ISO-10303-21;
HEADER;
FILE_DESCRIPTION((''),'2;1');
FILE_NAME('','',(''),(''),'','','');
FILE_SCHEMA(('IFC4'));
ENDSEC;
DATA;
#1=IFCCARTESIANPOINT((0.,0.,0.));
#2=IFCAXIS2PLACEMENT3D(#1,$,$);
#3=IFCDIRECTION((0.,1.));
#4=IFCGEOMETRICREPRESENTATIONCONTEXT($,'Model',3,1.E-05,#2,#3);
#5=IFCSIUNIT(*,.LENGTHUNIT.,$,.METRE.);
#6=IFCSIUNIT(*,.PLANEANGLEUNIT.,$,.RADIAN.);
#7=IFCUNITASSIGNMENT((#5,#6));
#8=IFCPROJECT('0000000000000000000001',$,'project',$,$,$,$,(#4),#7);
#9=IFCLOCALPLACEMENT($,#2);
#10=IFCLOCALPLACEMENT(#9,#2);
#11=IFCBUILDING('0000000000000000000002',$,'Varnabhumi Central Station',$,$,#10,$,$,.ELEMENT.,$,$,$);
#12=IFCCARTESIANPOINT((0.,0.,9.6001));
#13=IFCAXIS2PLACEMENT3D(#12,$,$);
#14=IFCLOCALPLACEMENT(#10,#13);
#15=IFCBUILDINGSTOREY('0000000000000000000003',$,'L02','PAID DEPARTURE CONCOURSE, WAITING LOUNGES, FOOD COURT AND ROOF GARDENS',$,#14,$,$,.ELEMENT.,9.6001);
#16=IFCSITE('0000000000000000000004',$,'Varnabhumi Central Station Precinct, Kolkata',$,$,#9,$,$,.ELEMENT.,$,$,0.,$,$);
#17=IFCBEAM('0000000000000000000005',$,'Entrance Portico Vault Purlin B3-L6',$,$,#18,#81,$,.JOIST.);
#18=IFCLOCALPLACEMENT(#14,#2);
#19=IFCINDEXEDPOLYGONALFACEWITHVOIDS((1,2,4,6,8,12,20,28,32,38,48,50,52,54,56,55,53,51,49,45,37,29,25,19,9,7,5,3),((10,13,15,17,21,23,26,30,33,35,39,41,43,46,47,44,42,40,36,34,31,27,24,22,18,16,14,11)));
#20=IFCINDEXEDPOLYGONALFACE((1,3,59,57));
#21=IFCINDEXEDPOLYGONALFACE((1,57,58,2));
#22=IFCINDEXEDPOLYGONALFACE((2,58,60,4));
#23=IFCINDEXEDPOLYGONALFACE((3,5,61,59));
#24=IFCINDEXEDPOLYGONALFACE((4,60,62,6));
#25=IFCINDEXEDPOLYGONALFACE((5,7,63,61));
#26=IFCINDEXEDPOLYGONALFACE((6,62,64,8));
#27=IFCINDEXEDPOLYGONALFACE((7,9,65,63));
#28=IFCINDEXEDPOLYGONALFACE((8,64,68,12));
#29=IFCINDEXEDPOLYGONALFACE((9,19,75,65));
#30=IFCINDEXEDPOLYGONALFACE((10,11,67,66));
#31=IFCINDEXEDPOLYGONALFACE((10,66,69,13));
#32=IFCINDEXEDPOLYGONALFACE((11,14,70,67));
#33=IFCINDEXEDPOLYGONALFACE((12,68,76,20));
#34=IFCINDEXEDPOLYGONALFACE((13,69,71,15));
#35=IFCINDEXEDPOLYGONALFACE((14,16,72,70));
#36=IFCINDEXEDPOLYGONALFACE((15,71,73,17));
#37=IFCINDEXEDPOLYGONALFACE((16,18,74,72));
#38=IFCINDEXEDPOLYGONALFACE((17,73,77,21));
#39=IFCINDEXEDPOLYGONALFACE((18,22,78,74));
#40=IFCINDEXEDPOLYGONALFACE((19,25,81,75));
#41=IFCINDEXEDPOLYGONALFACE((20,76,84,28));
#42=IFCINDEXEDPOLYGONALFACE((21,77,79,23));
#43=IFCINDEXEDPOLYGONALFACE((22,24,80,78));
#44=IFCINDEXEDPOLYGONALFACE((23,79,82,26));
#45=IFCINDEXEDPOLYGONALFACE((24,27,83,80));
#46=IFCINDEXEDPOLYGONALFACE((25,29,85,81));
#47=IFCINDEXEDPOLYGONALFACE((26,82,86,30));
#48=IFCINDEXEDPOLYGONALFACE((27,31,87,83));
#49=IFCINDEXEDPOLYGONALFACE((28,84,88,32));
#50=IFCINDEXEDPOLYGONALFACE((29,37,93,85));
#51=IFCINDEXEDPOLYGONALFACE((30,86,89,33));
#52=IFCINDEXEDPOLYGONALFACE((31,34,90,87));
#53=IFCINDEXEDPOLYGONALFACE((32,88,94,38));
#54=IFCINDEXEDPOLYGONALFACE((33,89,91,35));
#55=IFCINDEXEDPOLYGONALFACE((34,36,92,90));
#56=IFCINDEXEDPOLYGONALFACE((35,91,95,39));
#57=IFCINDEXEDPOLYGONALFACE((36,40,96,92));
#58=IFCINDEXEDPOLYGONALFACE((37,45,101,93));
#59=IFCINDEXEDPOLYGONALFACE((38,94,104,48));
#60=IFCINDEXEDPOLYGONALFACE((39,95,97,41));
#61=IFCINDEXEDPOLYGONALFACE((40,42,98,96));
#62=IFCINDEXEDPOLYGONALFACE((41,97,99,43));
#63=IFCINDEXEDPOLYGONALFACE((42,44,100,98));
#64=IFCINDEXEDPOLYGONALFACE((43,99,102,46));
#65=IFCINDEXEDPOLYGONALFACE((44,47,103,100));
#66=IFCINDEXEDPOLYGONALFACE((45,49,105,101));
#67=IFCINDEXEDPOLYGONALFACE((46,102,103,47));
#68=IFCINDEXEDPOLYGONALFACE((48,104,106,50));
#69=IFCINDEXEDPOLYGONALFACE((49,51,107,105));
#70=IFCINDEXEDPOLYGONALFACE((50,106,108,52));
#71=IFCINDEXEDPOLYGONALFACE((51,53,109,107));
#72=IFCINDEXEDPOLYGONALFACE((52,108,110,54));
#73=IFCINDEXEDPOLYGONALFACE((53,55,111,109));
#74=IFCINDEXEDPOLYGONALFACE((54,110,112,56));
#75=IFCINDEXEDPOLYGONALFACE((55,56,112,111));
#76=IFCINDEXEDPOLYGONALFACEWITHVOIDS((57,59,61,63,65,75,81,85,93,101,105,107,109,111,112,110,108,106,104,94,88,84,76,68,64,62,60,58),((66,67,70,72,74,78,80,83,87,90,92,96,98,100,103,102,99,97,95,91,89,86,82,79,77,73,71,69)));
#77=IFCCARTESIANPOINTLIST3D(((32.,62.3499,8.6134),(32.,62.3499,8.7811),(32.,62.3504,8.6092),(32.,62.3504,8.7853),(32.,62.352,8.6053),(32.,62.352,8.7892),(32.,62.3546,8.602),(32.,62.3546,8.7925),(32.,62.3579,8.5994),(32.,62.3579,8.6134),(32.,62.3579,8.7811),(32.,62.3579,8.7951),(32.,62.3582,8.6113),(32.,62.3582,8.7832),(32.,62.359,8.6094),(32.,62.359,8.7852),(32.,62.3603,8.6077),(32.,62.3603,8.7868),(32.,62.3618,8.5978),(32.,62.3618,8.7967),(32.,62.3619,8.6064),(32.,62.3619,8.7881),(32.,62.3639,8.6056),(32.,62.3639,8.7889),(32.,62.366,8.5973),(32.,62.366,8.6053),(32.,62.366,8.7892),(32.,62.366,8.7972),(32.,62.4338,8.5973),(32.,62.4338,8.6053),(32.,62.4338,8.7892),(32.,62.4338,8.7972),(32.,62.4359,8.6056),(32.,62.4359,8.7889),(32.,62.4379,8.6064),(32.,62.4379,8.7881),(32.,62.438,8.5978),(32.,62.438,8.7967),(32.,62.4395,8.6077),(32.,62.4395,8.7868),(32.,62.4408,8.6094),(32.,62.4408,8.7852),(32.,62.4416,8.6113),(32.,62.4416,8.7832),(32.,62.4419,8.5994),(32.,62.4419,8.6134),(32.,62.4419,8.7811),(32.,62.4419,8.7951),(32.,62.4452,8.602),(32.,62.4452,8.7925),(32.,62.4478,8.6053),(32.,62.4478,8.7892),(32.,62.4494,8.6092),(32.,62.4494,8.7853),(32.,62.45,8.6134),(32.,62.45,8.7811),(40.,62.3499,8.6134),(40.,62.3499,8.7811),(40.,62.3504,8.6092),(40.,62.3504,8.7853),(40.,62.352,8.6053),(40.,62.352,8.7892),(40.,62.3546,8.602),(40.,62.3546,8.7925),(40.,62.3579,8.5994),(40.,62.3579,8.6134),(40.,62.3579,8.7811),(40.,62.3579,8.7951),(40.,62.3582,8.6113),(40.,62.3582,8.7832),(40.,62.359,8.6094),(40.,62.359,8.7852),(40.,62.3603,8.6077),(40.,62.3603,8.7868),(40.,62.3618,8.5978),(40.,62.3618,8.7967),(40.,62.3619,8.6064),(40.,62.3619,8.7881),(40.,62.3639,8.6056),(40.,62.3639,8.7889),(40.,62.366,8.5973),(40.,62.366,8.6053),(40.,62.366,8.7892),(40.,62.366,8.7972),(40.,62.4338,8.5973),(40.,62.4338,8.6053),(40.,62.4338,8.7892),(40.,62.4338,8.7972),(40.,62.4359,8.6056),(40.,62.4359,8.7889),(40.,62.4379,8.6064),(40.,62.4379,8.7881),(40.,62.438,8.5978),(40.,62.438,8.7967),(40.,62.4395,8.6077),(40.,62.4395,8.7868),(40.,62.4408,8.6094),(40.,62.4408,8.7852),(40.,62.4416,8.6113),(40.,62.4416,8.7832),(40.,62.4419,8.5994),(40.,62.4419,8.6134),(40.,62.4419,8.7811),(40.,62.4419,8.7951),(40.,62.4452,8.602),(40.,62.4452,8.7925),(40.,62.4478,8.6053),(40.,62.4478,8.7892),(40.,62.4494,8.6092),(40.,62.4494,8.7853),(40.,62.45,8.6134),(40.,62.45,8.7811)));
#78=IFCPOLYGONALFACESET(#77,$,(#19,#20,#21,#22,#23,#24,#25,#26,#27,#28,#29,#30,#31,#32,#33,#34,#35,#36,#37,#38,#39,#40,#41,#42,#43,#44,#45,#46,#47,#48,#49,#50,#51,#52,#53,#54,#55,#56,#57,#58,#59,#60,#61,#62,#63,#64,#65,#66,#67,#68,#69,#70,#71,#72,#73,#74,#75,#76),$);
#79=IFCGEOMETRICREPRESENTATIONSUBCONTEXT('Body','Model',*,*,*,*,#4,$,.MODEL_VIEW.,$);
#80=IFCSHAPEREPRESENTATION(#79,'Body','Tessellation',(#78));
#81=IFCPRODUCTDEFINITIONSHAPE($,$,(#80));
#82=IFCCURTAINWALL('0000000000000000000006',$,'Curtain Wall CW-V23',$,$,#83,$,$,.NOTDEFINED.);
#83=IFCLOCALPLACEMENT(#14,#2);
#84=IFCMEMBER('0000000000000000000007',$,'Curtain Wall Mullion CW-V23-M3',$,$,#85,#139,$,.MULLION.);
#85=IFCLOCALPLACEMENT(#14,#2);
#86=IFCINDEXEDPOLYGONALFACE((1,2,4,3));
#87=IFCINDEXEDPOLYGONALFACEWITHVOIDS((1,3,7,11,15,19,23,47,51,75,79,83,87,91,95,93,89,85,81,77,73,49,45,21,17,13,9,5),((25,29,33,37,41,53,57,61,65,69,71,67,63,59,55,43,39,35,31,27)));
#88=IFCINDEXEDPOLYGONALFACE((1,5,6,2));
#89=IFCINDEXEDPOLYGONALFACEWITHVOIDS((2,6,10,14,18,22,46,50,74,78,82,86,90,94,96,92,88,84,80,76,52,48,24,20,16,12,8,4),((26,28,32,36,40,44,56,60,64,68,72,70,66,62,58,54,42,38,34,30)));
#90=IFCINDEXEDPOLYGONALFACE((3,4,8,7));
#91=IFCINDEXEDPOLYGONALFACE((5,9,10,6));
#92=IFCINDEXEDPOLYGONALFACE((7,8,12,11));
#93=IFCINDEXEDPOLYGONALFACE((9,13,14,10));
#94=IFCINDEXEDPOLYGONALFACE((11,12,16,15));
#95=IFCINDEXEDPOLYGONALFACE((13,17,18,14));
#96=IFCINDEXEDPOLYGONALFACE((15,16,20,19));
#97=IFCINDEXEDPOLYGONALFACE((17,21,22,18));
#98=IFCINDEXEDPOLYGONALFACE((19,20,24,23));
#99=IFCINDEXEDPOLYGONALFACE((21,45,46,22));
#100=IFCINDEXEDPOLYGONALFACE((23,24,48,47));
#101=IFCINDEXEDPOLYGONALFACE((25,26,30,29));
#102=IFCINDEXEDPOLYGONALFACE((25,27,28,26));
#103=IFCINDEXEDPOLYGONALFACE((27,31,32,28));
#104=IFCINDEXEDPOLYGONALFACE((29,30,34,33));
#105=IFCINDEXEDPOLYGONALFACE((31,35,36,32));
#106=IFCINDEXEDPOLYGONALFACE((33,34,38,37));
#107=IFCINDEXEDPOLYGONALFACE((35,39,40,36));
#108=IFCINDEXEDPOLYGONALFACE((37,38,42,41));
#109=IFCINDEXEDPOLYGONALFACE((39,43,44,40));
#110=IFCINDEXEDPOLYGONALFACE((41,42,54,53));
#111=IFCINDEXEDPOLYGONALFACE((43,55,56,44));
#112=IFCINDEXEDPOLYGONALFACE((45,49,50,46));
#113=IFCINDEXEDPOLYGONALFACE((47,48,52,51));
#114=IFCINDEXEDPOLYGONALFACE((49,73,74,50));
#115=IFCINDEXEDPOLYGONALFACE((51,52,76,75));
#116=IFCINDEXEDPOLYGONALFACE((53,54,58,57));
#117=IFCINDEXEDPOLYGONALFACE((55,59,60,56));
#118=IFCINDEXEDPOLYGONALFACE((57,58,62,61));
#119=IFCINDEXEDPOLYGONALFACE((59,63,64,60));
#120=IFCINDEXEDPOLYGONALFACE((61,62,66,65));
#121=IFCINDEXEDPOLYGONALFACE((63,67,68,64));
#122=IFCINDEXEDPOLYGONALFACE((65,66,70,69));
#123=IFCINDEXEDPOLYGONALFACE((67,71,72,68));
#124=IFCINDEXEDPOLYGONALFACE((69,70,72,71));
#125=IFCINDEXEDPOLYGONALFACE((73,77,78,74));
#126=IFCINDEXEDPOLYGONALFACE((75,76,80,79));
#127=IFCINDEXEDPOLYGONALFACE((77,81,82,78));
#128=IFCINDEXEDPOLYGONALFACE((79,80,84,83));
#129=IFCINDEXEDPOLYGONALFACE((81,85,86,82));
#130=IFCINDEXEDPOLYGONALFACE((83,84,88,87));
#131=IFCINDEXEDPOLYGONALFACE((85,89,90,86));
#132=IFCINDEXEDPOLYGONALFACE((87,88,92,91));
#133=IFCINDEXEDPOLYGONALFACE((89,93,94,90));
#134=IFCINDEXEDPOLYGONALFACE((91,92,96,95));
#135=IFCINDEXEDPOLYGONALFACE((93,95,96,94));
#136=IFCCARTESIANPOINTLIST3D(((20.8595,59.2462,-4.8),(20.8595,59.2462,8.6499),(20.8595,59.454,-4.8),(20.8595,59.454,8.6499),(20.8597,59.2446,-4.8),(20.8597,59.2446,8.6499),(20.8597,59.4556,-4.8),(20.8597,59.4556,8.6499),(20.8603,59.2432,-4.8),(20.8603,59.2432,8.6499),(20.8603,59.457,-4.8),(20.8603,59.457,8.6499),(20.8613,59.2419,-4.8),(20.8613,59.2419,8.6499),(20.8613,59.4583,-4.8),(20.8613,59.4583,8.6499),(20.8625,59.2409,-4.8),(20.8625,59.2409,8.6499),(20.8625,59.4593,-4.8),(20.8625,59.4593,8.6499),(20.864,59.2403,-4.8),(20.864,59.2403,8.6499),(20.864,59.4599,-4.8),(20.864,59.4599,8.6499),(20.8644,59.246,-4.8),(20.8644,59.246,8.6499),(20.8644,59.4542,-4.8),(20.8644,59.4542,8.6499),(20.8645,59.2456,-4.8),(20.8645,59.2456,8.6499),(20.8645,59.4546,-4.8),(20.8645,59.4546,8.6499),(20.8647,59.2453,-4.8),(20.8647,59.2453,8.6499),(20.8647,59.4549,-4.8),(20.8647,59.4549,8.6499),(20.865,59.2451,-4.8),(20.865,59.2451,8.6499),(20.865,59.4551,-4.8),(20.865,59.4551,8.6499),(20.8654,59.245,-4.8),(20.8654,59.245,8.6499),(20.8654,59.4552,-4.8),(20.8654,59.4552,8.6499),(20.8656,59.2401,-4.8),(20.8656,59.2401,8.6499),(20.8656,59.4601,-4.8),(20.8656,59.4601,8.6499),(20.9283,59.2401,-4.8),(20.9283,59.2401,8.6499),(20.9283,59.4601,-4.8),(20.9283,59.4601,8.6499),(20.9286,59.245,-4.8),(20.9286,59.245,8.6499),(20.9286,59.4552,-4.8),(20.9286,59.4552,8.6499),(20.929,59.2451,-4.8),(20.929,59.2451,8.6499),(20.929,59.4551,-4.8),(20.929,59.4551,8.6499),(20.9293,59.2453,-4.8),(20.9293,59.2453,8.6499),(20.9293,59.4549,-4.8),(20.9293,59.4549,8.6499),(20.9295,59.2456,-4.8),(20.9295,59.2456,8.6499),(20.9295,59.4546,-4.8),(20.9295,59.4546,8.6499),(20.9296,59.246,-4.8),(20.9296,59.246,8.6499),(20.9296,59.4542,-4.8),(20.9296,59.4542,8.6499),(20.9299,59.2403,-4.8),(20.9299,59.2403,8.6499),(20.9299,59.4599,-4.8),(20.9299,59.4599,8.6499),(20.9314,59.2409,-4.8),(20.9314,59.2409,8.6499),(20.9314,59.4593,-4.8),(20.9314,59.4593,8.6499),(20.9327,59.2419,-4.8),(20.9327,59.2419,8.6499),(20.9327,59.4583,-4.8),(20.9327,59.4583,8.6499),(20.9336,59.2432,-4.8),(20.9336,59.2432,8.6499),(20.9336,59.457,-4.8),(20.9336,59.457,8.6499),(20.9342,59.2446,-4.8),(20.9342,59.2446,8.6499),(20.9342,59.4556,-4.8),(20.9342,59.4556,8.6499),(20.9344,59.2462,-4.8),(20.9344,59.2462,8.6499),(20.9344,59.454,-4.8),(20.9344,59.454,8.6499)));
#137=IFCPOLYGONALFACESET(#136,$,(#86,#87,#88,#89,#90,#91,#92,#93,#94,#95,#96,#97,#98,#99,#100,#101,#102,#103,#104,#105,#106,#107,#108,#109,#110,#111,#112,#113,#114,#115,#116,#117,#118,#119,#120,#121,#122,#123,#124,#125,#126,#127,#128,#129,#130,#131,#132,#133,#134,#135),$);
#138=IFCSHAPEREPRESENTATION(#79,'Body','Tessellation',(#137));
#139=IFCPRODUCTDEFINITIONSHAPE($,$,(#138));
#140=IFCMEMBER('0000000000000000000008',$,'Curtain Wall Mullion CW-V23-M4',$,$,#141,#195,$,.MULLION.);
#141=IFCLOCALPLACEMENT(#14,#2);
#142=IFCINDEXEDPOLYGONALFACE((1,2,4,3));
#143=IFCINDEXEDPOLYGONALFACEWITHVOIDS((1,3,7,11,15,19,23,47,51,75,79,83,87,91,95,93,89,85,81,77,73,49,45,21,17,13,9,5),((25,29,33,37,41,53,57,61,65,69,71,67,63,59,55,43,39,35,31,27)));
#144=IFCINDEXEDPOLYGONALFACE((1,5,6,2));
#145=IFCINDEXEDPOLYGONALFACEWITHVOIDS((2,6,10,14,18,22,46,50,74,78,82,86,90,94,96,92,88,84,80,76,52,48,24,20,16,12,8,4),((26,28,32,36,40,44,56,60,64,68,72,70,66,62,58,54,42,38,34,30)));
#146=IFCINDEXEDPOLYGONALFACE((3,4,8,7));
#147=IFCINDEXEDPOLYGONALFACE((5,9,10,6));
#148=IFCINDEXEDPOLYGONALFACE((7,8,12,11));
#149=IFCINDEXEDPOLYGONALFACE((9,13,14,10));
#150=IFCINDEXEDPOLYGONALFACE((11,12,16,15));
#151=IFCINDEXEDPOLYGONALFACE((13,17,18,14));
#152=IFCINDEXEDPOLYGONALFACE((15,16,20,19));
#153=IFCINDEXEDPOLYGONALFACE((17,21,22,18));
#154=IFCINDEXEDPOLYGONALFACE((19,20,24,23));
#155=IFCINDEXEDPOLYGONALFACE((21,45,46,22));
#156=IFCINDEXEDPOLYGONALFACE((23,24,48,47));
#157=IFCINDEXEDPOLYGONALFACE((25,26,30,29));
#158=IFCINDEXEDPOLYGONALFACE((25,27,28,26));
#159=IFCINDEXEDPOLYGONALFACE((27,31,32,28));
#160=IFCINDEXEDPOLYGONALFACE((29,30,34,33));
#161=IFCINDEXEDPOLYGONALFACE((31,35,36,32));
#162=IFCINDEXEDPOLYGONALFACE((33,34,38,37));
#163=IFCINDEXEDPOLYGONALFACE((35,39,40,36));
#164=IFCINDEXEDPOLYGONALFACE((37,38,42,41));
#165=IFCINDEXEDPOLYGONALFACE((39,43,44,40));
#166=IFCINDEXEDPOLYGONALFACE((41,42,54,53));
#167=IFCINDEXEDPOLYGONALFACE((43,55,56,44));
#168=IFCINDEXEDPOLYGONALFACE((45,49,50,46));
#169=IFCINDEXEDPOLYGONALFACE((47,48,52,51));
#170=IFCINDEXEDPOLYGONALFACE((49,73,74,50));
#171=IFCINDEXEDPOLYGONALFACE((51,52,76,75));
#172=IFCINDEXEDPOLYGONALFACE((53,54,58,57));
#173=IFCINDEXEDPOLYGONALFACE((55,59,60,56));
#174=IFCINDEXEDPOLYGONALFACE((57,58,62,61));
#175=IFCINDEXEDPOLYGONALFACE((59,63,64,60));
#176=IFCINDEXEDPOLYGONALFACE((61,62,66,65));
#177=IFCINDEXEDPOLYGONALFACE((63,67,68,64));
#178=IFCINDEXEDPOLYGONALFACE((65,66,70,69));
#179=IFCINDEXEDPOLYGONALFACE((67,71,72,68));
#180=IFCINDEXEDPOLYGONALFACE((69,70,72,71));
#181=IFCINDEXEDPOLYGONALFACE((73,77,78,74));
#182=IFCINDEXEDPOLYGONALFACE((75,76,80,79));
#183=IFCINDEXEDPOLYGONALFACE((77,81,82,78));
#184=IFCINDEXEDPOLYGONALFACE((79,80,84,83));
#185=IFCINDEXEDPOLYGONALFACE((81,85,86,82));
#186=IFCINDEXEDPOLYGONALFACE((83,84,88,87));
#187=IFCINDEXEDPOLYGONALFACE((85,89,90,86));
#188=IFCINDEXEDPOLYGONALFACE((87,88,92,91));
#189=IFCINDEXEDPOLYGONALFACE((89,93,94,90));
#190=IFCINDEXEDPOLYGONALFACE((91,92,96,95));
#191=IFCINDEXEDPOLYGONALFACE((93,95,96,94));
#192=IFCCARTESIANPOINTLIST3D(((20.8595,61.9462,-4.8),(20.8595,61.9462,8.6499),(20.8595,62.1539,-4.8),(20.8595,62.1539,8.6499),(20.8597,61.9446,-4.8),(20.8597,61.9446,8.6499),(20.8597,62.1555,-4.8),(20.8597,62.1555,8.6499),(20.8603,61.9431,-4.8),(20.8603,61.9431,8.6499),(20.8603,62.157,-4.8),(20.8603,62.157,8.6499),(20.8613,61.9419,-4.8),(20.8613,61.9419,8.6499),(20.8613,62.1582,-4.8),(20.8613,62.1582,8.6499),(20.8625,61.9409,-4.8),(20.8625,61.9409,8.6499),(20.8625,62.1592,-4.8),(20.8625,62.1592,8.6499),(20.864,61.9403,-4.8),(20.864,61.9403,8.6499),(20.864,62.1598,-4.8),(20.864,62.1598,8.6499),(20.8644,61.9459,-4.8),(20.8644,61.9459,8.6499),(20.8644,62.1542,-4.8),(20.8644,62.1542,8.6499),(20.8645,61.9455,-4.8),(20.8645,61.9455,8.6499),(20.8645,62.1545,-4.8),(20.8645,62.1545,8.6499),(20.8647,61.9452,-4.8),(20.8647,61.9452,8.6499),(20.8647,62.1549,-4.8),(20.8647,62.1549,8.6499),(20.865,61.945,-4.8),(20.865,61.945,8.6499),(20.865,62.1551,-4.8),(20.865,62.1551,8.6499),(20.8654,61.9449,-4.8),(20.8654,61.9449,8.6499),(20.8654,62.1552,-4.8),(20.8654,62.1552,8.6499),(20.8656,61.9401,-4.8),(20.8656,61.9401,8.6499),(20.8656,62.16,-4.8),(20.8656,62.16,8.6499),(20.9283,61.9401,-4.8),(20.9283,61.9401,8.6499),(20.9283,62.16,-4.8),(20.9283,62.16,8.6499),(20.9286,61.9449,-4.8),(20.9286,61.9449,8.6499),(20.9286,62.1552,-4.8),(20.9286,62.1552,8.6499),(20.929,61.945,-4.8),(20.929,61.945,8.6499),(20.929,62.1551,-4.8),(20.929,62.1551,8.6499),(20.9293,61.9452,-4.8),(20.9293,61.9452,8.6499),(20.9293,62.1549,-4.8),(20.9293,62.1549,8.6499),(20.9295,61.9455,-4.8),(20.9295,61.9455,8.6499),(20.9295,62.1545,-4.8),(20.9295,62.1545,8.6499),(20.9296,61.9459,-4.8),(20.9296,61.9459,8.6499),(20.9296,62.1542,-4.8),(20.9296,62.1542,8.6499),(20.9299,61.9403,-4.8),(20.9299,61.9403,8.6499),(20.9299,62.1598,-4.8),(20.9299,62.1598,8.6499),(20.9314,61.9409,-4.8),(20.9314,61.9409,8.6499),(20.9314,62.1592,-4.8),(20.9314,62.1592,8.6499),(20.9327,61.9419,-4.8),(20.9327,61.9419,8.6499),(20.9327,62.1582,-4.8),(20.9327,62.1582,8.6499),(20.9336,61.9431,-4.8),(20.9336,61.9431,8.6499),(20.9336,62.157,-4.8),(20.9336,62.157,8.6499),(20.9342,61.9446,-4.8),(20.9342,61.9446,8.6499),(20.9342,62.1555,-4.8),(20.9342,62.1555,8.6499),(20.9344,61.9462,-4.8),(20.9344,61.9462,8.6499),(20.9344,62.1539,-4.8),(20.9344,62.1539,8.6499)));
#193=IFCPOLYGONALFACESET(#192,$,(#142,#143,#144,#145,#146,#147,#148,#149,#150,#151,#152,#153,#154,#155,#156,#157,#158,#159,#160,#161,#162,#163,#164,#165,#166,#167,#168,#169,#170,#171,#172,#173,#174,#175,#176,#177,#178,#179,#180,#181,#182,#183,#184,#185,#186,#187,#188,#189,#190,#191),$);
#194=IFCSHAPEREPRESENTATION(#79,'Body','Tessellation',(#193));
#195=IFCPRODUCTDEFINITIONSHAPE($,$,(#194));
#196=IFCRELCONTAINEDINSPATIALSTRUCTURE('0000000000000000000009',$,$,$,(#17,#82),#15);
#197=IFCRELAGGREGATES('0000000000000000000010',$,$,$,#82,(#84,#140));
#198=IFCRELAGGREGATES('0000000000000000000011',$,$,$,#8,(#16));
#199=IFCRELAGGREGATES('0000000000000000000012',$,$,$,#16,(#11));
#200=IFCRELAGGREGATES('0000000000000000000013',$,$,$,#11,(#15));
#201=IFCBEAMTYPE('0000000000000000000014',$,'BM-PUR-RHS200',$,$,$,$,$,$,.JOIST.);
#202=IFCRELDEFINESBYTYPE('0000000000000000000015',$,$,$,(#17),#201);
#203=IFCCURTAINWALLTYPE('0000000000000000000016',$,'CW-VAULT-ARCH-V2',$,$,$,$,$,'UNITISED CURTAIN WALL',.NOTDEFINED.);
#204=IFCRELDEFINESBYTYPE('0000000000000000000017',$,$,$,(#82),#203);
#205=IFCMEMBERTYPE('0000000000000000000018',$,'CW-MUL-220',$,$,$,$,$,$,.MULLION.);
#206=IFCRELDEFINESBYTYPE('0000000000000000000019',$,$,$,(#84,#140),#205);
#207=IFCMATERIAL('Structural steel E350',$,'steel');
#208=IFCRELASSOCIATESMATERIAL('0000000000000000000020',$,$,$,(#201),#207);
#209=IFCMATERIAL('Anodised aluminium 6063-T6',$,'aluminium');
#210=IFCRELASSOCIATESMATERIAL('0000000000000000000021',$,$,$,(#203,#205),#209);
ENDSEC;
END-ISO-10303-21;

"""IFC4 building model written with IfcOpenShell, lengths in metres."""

from ifc_helpers import new_model, si_unit, direction, frame, origin, origin_2d, place, context, subcontext, project, spatial, hollow_rectangle, extrude, material, material_profile, profile_set, type_object, element, aggregate, save


model = new_model("IFC4")

# Units and contexts
model_context = context("Model", 3, precision=1e-05, world=origin(), true_north=direction((0.0, 1.0)))
body_context = subcontext(model_context, "Body", "Model", "MODEL_VIEW")
ifc_project = project(units=[si_unit("LENGTHUNIT", "METRE"), si_unit("PLANEANGLEUNIT", "RADIAN")], contexts=[model_context])

# Site, building, storey
site_placement = place(None, origin())
site = spatial("IfcSite", under=ifc_project, at=site_placement, Name="Varnabhumi Central Station Precinct, Kolkata", CompositionType="ELEMENT", RefElevation=0.0)
building_placement = place(site_placement, origin())
building = spatial("IfcBuilding", under=site, at=building_placement, Name="Varnabhumi Central Station", CompositionType="ELEMENT")
storey_placement = place(building_placement, frame((0.0, 0.0, 9.6001)))
storey = spatial("IfcBuildingStorey", under=building, at=storey_placement, Name="L02", Description="PAID DEPARTURE CONCOURSE, WAITING LOUNGES, FOOD COURT AND ROOF GARDENS", CompositionType="ELEMENT", Elevation=9.6001)

# Beam
ifc_material_1 = material(Name="Structural steel E350", Category="steel")
ifc_material_profile_1 = material_profile(ifc_material_1, hollow_rectangle(XDim=0.1001, YDim=0.2, WallThickness=0.0081, InnerFilletRadius=0.0081, OuterFilletRadius=0.0161, at=origin_2d()), Name="Structural steel E350", Category="steel")
ifc_profile_set_1 = profile_set([ifc_material_profile_1], Name="Structural steel E350")
beam_type_1 = type_object("IfcBeamType", Name="BM-PUR-RHS200", PredefinedType="JOIST", material=ifc_profile_set_1)
for number, where, z_axis, x_axis, name in (
    (1, (32.0, 62.3999, 8.6973), (1.0, 0.0, 0.0), (0.0, 1.0, 0.0), "Entrance Portico Vault Purlin B3-L6"),
):
    element("IfcBeam", number, at=place(storey_placement, frame(where, z_axis=z_axis, x_axis=x_axis)), inside=storey, type_object=beam_type_1, Name=name, PredefinedType="JOIST", context=body_context, shape_type="SweptSolid", body=[
        extrude(hollow_rectangle(XDim=0.1001, YDim=0.2, WallThickness=0.0081, InnerFilletRadius=0.0081, OuterFilletRadius=0.0161, at=origin_2d()), origin(), (0.0, 0.0, 1.0), 8.0),
    ])

# Curtain wall, members
ifc_material_2 = material(Name="Anodised aluminium 6063-T6", Category="aluminium")
curtain_wall_type = type_object("IfcCurtainWallType", Name="CW-VAULT-ARCH-V2", ElementType="UNITISED CURTAIN WALL", PredefinedType="NOTDEFINED", material=ifc_material_2)
curtain_wall_placement = place(storey_placement, origin())
curtain_wall = element("IfcCurtainWall", 2, at=curtain_wall_placement, inside=storey, type_object=curtain_wall_type, Name="Curtain Wall CW-V23", PredefinedType="NOTDEFINED")
ifc_material_profile_2 = material_profile(ifc_material_2, hollow_rectangle(XDim=0.075, YDim=0.22, WallThickness=0.0049, InnerFilletRadius=0.001, OuterFilletRadius=0.0061, at=origin_2d()), Name="Anodised aluminium 6063-T6", Category="aluminium")
ifc_profile_set_2 = profile_set([ifc_material_profile_2], Name="Anodised aluminium 6063-T6")
member_type_1 = type_object("IfcMemberType", Name="CW-MUL-220", PredefinedType="MULLION", material=ifc_profile_set_2)
member_1_placement = place(storey_placement, frame((20.897, 59.3501, -4.8), z_axis=(0.0, 0.0, 1.0), x_axis=(1.0, 0.0, 0.0)))
member_1 = element("IfcMember", 3, at=member_1_placement, type_object=member_type_1, Name="Curtain Wall Mullion CW-V23-M3", PredefinedType="MULLION", context=body_context, shape_type="SweptSolid", body=[
    extrude(hollow_rectangle(XDim=0.075, YDim=0.22, WallThickness=0.0049, InnerFilletRadius=0.001, OuterFilletRadius=0.0061, at=origin_2d()), origin(), (0.0, 0.0, 1.0), 13.45),
])
member_2_placement = place(storey_placement, frame((20.897, 62.05, -4.8), z_axis=(0.0, 0.0, 1.0), x_axis=(1.0, 0.0, 0.0)))
member_2 = element("IfcMember", 4, at=member_2_placement, type_object=member_type_1, Name="Curtain Wall Mullion CW-V23-M4", PredefinedType="MULLION", context=body_context, shape_type="SweptSolid", body=[
    extrude(hollow_rectangle(XDim=0.075, YDim=0.22, WallThickness=0.0049, InnerFilletRadius=0.001, OuterFilletRadius=0.0061, at=origin_2d()), origin(), (0.0, 0.0, 1.0), 13.45),
])

aggregate(curtain_wall, [member_1, member_2])

save(model, "model.ifc")
